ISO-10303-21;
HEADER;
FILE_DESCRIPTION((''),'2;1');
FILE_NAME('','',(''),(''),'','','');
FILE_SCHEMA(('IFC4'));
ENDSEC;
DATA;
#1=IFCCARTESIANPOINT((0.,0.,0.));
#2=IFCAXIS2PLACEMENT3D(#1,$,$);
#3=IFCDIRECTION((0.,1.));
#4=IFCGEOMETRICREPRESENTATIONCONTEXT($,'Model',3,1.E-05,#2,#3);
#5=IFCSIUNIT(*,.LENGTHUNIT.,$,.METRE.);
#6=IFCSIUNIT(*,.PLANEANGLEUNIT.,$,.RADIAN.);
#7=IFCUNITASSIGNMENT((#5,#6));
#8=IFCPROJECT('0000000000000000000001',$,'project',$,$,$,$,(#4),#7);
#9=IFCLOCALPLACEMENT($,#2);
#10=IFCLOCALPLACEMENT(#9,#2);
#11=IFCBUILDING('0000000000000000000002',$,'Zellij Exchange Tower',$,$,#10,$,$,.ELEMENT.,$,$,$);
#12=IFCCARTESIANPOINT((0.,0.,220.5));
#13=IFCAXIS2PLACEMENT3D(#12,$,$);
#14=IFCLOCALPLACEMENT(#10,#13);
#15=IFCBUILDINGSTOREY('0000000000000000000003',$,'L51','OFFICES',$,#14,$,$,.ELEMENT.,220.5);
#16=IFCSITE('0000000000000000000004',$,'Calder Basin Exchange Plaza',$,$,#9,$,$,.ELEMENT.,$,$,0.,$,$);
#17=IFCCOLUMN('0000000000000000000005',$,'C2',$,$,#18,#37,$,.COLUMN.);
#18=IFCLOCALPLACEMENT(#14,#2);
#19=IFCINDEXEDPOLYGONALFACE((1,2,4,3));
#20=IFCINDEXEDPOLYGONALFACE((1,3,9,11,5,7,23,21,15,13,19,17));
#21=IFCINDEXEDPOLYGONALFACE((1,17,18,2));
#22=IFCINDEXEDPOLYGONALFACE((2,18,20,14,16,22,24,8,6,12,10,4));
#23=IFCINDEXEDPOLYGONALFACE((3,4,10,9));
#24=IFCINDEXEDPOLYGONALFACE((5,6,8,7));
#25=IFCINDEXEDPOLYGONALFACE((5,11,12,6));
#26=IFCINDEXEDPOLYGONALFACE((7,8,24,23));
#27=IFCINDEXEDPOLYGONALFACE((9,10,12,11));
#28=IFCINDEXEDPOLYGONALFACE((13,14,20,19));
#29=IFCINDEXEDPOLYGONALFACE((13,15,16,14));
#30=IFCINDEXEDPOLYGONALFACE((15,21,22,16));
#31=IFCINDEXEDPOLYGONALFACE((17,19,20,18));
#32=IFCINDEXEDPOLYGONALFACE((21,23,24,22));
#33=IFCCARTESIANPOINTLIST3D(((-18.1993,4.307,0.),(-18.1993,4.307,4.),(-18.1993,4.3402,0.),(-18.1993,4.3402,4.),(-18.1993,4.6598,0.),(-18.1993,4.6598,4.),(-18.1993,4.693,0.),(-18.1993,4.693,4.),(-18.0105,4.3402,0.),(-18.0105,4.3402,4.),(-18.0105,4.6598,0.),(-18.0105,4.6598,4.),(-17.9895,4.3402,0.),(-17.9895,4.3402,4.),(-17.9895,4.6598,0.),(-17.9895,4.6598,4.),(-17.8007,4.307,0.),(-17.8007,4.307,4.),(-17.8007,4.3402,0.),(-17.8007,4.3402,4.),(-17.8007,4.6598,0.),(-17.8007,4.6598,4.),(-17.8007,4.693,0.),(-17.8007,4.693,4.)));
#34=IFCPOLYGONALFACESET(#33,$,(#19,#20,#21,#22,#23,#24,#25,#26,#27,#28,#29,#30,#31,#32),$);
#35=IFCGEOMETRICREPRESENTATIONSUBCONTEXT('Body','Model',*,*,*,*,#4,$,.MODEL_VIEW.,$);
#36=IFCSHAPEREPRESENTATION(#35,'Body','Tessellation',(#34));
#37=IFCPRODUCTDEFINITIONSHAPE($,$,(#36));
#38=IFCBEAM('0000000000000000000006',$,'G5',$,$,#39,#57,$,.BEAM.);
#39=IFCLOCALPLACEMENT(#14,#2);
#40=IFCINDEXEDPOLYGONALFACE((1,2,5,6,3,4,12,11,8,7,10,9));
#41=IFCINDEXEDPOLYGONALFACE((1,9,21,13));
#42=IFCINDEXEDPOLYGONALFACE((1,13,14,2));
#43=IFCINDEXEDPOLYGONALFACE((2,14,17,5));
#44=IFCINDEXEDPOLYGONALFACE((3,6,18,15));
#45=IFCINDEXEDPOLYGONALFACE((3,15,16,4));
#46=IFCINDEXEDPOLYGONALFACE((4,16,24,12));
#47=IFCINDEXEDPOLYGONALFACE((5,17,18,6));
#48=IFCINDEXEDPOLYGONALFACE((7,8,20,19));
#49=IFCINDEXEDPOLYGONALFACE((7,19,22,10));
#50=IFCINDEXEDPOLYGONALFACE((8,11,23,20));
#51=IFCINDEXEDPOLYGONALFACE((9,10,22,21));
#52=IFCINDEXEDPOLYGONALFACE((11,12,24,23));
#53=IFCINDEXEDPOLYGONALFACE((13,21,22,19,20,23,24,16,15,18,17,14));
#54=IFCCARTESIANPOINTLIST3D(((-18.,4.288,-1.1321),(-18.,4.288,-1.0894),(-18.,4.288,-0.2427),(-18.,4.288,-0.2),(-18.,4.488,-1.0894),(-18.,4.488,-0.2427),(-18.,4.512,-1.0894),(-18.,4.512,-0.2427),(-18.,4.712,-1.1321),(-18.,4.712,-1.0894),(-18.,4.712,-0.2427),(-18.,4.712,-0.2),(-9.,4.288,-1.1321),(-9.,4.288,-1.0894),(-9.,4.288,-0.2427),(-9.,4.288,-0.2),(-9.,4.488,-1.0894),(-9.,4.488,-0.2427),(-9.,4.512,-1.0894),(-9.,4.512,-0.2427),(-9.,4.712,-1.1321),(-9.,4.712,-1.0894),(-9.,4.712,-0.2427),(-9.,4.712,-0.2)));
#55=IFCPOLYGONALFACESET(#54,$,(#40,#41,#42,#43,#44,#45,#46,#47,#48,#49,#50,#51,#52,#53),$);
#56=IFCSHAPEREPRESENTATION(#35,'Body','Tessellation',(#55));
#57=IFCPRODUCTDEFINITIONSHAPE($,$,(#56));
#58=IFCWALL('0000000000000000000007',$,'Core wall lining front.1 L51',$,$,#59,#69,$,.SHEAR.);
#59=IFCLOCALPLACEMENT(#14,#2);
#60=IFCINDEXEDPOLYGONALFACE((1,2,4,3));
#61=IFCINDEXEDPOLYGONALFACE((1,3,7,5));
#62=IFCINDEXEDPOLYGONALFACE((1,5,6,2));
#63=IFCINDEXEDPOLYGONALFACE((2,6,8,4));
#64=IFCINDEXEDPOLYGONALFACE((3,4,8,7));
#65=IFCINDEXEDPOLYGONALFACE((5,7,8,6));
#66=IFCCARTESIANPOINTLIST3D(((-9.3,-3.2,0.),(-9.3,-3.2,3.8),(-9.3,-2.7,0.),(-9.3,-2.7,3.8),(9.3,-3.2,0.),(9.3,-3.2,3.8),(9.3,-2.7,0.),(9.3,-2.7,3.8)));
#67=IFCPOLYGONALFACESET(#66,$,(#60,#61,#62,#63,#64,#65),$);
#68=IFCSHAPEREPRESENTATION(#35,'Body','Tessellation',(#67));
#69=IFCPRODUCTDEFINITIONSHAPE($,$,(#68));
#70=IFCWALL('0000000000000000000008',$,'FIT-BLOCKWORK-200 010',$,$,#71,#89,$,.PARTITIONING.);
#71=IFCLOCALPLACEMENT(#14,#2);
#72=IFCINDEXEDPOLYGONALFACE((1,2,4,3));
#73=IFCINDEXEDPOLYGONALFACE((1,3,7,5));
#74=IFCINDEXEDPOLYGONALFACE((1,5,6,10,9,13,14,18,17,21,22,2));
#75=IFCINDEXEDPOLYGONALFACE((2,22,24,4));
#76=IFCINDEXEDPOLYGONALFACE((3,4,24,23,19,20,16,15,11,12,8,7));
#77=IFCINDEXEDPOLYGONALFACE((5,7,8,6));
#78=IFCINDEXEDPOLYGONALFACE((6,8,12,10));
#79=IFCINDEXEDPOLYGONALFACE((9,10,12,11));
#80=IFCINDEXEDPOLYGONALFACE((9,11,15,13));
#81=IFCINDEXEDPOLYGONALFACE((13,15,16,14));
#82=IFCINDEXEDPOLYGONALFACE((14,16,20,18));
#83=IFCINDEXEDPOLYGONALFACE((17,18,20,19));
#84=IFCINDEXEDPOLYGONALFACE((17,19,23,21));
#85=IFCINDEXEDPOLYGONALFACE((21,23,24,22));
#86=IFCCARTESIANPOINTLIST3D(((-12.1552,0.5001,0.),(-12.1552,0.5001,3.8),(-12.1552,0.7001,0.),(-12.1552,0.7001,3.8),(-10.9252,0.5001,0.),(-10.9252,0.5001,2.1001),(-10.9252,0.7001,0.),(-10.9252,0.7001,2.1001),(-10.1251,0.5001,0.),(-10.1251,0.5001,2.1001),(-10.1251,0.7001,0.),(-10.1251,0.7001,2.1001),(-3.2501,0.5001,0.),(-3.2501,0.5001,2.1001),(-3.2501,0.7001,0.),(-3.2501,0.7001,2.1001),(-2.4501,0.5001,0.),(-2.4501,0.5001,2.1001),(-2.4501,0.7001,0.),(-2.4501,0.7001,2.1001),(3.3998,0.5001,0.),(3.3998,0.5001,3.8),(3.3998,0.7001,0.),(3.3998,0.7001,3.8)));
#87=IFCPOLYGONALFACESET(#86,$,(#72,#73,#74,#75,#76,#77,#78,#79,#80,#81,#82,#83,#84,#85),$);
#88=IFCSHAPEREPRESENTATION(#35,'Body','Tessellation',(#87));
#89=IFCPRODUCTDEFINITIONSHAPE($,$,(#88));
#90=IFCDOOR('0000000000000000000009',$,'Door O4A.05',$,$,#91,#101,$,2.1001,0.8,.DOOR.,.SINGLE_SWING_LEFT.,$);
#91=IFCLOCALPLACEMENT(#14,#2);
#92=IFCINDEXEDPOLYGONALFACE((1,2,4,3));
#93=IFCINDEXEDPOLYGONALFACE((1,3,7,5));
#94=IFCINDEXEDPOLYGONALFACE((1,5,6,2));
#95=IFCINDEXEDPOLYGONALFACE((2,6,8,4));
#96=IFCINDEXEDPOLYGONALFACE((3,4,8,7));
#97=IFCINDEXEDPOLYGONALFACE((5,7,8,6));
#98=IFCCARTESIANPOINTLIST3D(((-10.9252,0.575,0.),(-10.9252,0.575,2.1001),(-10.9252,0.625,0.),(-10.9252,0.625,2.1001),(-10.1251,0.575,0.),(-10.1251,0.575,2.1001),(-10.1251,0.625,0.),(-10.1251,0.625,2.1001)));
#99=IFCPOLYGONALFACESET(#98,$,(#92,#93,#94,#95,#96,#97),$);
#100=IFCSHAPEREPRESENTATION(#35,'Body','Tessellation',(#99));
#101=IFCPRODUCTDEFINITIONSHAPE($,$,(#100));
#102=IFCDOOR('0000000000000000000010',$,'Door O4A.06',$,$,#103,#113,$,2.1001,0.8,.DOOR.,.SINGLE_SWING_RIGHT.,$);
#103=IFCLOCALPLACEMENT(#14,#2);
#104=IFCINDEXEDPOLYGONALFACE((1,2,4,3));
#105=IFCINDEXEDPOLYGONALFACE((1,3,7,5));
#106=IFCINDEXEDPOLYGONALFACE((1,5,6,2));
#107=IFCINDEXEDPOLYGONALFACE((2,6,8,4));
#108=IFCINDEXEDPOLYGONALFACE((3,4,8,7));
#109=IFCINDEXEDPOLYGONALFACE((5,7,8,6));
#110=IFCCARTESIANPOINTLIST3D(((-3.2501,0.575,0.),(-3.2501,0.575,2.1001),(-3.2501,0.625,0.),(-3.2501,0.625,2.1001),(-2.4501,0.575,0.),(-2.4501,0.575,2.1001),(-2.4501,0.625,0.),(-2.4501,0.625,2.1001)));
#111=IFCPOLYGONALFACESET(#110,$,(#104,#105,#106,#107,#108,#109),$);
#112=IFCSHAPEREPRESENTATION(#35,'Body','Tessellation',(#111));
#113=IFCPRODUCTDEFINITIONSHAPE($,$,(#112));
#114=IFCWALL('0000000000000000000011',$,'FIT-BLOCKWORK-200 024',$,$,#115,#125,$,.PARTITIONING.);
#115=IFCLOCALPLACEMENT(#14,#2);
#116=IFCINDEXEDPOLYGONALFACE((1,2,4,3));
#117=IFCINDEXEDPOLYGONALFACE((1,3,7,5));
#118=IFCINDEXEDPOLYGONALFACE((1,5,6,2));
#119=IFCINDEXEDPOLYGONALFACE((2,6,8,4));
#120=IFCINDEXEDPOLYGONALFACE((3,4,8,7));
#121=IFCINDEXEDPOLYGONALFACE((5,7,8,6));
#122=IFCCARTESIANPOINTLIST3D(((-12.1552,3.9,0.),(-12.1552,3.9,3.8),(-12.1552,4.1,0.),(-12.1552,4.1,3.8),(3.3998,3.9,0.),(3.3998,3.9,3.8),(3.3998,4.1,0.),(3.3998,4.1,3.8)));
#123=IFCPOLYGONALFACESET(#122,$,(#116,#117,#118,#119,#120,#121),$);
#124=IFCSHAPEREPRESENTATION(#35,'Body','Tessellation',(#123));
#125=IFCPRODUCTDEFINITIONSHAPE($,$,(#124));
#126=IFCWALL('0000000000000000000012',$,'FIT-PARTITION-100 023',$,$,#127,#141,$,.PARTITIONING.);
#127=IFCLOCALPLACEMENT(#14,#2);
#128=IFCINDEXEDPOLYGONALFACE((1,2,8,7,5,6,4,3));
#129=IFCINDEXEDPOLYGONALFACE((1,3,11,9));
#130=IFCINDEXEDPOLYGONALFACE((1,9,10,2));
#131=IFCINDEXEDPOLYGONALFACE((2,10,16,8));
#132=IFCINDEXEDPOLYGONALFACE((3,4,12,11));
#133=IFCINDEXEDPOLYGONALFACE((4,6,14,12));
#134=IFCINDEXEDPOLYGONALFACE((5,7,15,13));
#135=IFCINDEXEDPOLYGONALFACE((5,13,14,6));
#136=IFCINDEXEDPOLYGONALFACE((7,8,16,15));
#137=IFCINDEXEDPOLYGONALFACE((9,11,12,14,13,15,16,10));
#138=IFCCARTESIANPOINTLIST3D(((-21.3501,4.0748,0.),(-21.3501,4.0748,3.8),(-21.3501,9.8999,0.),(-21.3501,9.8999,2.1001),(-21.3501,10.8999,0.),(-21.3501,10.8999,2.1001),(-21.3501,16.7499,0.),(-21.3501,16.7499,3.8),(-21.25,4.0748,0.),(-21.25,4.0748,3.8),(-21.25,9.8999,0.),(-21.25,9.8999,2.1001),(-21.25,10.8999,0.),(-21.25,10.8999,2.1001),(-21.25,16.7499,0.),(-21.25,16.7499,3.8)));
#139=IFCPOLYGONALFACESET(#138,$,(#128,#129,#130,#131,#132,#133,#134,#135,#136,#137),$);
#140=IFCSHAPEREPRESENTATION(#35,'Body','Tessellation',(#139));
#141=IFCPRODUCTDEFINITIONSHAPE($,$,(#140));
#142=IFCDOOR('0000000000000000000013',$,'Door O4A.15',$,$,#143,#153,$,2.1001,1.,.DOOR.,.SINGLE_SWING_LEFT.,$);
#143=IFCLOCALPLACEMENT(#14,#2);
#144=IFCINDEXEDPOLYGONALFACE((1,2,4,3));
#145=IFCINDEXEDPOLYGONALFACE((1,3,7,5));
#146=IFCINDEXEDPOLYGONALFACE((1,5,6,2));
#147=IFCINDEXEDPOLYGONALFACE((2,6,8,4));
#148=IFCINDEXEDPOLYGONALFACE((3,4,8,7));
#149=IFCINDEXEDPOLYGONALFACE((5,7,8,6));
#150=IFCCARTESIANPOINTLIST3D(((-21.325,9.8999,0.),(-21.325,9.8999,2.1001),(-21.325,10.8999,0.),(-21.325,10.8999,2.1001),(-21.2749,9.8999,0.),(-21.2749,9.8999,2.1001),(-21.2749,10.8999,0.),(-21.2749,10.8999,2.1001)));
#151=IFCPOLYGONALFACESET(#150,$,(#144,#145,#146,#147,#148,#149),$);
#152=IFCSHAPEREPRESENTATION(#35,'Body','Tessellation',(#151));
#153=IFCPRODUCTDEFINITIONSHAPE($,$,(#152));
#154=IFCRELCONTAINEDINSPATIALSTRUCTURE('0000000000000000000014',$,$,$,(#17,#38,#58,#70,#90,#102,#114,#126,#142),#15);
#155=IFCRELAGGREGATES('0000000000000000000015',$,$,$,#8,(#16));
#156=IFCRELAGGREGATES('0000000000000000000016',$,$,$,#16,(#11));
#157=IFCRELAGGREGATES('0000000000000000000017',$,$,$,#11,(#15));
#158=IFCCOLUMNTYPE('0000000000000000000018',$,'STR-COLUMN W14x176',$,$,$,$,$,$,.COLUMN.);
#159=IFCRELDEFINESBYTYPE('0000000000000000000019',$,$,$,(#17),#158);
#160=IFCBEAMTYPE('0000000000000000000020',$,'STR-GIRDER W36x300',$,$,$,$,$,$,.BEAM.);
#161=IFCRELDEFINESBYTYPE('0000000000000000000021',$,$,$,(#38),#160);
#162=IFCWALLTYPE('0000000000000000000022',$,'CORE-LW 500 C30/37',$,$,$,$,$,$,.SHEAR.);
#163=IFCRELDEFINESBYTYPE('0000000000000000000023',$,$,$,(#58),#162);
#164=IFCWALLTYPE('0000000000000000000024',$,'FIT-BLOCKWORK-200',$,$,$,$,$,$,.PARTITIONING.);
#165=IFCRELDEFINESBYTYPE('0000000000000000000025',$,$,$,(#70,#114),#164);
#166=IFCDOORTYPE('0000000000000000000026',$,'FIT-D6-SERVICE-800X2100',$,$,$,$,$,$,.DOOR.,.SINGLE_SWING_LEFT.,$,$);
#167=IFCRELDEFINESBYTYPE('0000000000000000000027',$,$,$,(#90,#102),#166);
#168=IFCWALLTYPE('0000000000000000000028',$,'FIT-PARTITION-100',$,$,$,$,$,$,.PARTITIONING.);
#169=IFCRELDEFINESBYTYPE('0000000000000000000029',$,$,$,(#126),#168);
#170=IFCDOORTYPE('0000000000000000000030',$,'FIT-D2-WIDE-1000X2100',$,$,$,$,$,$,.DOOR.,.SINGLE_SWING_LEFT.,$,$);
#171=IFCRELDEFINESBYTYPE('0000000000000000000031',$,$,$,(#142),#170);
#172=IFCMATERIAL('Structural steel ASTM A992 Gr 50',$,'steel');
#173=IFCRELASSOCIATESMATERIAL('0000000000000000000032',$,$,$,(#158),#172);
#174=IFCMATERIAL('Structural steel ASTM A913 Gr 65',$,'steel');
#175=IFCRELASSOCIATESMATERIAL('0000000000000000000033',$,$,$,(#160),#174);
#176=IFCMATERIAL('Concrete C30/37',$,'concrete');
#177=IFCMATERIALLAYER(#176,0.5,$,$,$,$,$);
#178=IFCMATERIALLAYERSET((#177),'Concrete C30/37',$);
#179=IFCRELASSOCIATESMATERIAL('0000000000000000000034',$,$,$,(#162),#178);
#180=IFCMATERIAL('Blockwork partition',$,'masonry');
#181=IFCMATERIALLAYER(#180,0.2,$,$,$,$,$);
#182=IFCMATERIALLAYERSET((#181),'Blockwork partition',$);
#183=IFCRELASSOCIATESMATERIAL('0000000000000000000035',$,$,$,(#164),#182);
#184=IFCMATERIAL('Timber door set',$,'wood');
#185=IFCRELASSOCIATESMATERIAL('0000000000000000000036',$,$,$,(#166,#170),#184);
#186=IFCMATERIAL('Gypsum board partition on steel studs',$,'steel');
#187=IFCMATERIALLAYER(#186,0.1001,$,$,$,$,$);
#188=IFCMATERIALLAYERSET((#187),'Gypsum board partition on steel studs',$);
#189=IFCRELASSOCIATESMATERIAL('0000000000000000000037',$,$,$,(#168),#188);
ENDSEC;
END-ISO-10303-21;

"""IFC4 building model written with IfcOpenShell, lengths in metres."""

from ifc_helpers import new_model, si_unit, direction, frame, frame_2d, origin, origin_2d, place, context, subcontext, project, spatial, rectangle, i_section, extrude, material, layer, layer_set, material_profile, profile_set, type_object, element, fill, save


model = new_model("IFC4")

# Units and contexts
model_context = context("Model", 3, precision=1e-05, world=origin(), true_north=direction((0.0, 1.0)))
body_context = subcontext(model_context, "Body", "Model", "MODEL_VIEW")
ifc_project = project(units=[si_unit("LENGTHUNIT", "METRE"), si_unit("PLANEANGLEUNIT", "RADIAN")], contexts=[model_context])

# Site, building, storey
site_placement = place(None, origin())
site = spatial("IfcSite", under=ifc_project, at=site_placement, Name="Calder Basin Exchange Plaza", CompositionType="ELEMENT", RefElevation=0.0)
building_placement = place(site_placement, origin())
building = spatial("IfcBuilding", under=site, at=building_placement, Name="Zellij Exchange Tower", CompositionType="ELEMENT")
storey_placement = place(building_placement, frame((0.0, 0.0, 220.5)))
storey = spatial("IfcBuildingStorey", under=building, at=storey_placement, Name="L51", Description="OFFICES", CompositionType="ELEMENT", Elevation=220.5)

# Column
ifc_material_1 = material(Name="Structural steel ASTM A992 Gr 50", Category="steel")
ifc_material_profile_1 = material_profile(ifc_material_1, i_section(OverallWidth=0.3987, OverallDepth=0.386, WebThickness=0.021, FlangeThickness=0.0332, at=origin_2d()), Name="W14x176")
ifc_profile_set_1 = profile_set([ifc_material_profile_1], Name="Structural steel ASTM A992 Gr 50")
column_type = type_object("IfcColumnType", Name="STR-COLUMN W14x176", PredefinedType="COLUMN", material=ifc_profile_set_1)
column_placement = place(storey_placement, frame((-18.0, 4.5, 0.0), z_axis=(0.0, 0.0, 1.0), x_axis=(1.0, 0.0, 0.0)))
element("IfcColumn", 1, at=column_placement, inside=storey, type_object=column_type, Name="C2", PredefinedType="COLUMN", context=body_context, shape_type="SweptSolid", body=[
    extrude(i_section(OverallWidth=0.3987, OverallDepth=0.386, WebThickness=0.021, FlangeThickness=0.0332, at=origin_2d()), origin(), (0.0, 0.0, 1.0), 4.0),
])

# Beam
ifc_material_2 = material(Name="Structural steel ASTM A913 Gr 65", Category="steel")
ifc_material_profile_2 = material_profile(ifc_material_2, i_section(OverallWidth=0.4241, OverallDepth=0.9321, WebThickness=0.0239, FlangeThickness=0.0427, at=origin_2d()), Name="W36x300")
ifc_profile_set_2 = profile_set([ifc_material_profile_2], Name="Structural steel ASTM A913 Gr 65")
beam_type = type_object("IfcBeamType", Name="STR-GIRDER W36x300", PredefinedType="BEAM", material=ifc_profile_set_2)
beam_placement = place(storey_placement, frame((-18.0, 4.5, -0.666), z_axis=(1.0, 0.0, 0.0), x_axis=(0.0, 1.0, 0.0)))
element("IfcBeam", 2, at=beam_placement, inside=storey, type_object=beam_type, Name="G5", PredefinedType="BEAM", context=body_context, shape_type="SweptSolid", body=[
    extrude(i_section(OverallWidth=0.4241, OverallDepth=0.9321, WebThickness=0.0239, FlangeThickness=0.0427, at=origin_2d()), origin(), (0.0, 0.0, 1.0), 9.0),
])

# Wall
ifc_material_3 = material(Name="Concrete C30/37", Category="concrete")
ifc_layer_1 = layer(ifc_material_3, 0.5)
ifc_layer_set_1 = layer_set([ifc_layer_1], Name="Concrete C30/37")
wall_type_1 = type_object("IfcWallType", Name="CORE-LW 500 C30/37", PredefinedType="SHEAR", material=ifc_layer_set_1)
wall_1_placement = place(storey_placement, frame((-9.3, -2.95, 0.0), z_axis=(0.0, 0.0, 1.0), x_axis=(1.0, 0.0, 0.0)))
element("IfcWall", 3, at=wall_1_placement, inside=storey, type_object=wall_type_1, Name="Core wall lining front.1 L51", PredefinedType="SHEAR", context=body_context, shape_type="SweptSolid", body=[
    extrude(rectangle(XDim=18.6001, YDim=0.5, at=frame_2d((9.3, 0.0))), origin(), (0.0, 0.0, 1.0), 3.8),
])

# Wall, openings, doors
ifc_material_4 = material(Name="Blockwork partition", Category="masonry")
ifc_layer_2 = layer(ifc_material_4, 0.2)
ifc_layer_set_2 = layer_set([ifc_layer_2], Name="Blockwork partition")
wall_type_2 = type_object("IfcWallType", Name="FIT-BLOCKWORK-200", PredefinedType="PARTITIONING", material=ifc_layer_set_2)
wall_2_placement = place(storey_placement, frame((-12.155, 0.6001, 0.0), z_axis=(0.0, 0.0, 1.0), x_axis=(1.0, 0.0, 0.0)))
wall_2 = element("IfcWall", 4, at=wall_2_placement, inside=storey, type_object=wall_type_2, Name="FIT-BLOCKWORK-200 010", PredefinedType="PARTITIONING", context=body_context, shape_type="SweptSolid", body=[
    extrude(rectangle(XDim=15.5549, YDim=0.2, at=frame_2d((7.7773, 0.0))), origin(), (0.0, 0.0, 1.0), 3.8),
])
opening_1_placement = place(wall_2_placement, frame((1.23, 0.0, 0.0)))
opening_1 = element("IfcOpeningElement", 5, at=opening_1_placement, cuts=wall_2, PredefinedType="OPENING", context=body_context, shape_type="SweptSolid", body=[
    extrude(rectangle(XDim=0.8, YDim=2.1001, at=frame_2d((0.3999, 1.05))), frame((0.0, 0.1118, 0.0), z_axis=(0.0, -1.0, 0.0), x_axis=(1.0, 0.0, 0.0)), (0.0, 0.0, 1.0), 0.2239),
])
opening_2_placement = place(wall_2_placement, frame((8.905, 0.0, 0.0)))
opening_2 = element("IfcOpeningElement", 6, at=opening_2_placement, cuts=wall_2, PredefinedType="OPENING", context=body_context, shape_type="SweptSolid", body=[
    extrude(rectangle(XDim=0.8, YDim=2.1001, at=frame_2d((0.3999, 1.05))), frame((0.0, 0.1118, 0.0), z_axis=(0.0, -1.0, 0.0), x_axis=(1.0, 0.0, 0.0)), (0.0, 0.0, 1.0), 0.2239),
])
ifc_material_5 = material(Name="Timber door set", Category="wood")
door_type_1 = type_object("IfcDoorType", Name="FIT-D6-SERVICE-800X2100", OperationType="SINGLE_SWING_LEFT", PredefinedType="DOOR", material=ifc_material_5)
door_1_placement = place(opening_1_placement, origin())
door_1 = element("IfcDoor", 7, at=door_1_placement, inside=storey, type_object=door_type_1, Name="Door O4A.05", OperationType="SINGLE_SWING_LEFT", OverallHeight=2.1001, OverallWidth=0.8, PredefinedType="DOOR", context=body_context, shape_type="SweptSolid", body=[
    extrude(rectangle(XDim=0.8, YDim=2.1001, at=frame_2d((0.3999, 1.05))), frame((0.0, 0.0249, 0.0), z_axis=(0.0, -1.0, 0.0), x_axis=(1.0, 0.0, 0.0)), (0.0, 0.0, 1.0), 0.05),
])
fill(opening_1, door_1)
door_2_placement = place(opening_2_placement, origin())
door_2 = element("IfcDoor", 8, at=door_2_placement, inside=storey, type_object=door_type_1, Name="Door O4A.06", OperationType="SINGLE_SWING_RIGHT", OverallHeight=2.1001, OverallWidth=0.8, PredefinedType="DOOR", context=body_context, shape_type="SweptSolid", body=[
    extrude(rectangle(XDim=0.8, YDim=2.1001, at=frame_2d((0.3999, 1.05))), frame((0.0, 0.0249, 0.0), z_axis=(0.0, -1.0, 0.0), x_axis=(1.0, 0.0, 0.0)), (0.0, 0.0, 1.0), 0.05),
])
fill(opening_2, door_2)

# Wall
wall_3_placement = place(storey_placement, frame((-12.155, 4.0, 0.0), z_axis=(0.0, 0.0, 1.0), x_axis=(1.0, 0.0, 0.0)))
element("IfcWall", 9, at=wall_3_placement, inside=storey, type_object=wall_type_2, Name="FIT-BLOCKWORK-200 024", PredefinedType="PARTITIONING", context=body_context, shape_type="SweptSolid", body=[
    extrude(rectangle(XDim=15.5549, YDim=0.2, at=frame_2d((7.7773, 0.0))), origin(), (0.0, 0.0, 1.0), 3.8),
])

# Wall, opening, door
ifc_material_6 = material(Name="Gypsum board partition on steel studs", Category="steel")
ifc_layer_3 = layer(ifc_material_6, 0.1001)
ifc_layer_set_3 = layer_set([ifc_layer_3], Name="Gypsum board partition on steel studs")
wall_type_3 = type_object("IfcWallType", Name="FIT-PARTITION-100", PredefinedType="PARTITIONING", material=ifc_layer_set_3)
wall_4_placement = place(storey_placement, frame((-21.3, 4.075, 0.0), z_axis=(0.0, 0.0, 1.0), x_axis=(0.0, 1.0, 0.0)))
wall_4 = element("IfcWall", 10, at=wall_4_placement, inside=storey, type_object=wall_type_3, Name="FIT-PARTITION-100 023", PredefinedType="PARTITIONING", context=body_context, shape_type="SweptSolid", body=[
    extrude(rectangle(XDim=12.675, YDim=0.1001, at=frame_2d((6.3374, 0.0))), origin(), (0.0, 0.0, 1.0), 3.8),
])
opening_3_placement = place(wall_4_placement, frame((5.825, 0.0, 0.0)))
opening_3 = element("IfcOpeningElement", 11, at=opening_3_placement, cuts=wall_4, PredefinedType="OPENING", context=body_context, shape_type="SweptSolid", body=[
    extrude(rectangle(XDim=1.0, YDim=2.1001, at=frame_2d((0.5, 1.05))), frame((0.0, 0.062, 0.0), z_axis=(0.0, -1.0, 0.0), x_axis=(1.0, 0.0, 0.0)), (0.0, 0.0, 1.0), 0.124),
])
door_type_2 = type_object("IfcDoorType", Name="FIT-D2-WIDE-1000X2100", OperationType="SINGLE_SWING_LEFT", PredefinedType="DOOR", material=ifc_material_5)
door_3_placement = place(opening_3_placement, origin())
door_3 = element("IfcDoor", 12, at=door_3_placement, inside=storey, type_object=door_type_2, Name="Door O4A.15", OperationType="SINGLE_SWING_LEFT", OverallHeight=2.1001, OverallWidth=1.0, PredefinedType="DOOR", context=body_context, shape_type="SweptSolid", body=[
    extrude(rectangle(XDim=1.0, YDim=2.1001, at=frame_2d((0.5, 1.05))), frame((0.0, 0.0249, 0.0), z_axis=(0.0, -1.0, 0.0), x_axis=(1.0, 0.0, 0.0)), (0.0, 0.0, 1.0), 0.05),
])
fill(opening_3, door_3)

save(model, "model.ifc")
